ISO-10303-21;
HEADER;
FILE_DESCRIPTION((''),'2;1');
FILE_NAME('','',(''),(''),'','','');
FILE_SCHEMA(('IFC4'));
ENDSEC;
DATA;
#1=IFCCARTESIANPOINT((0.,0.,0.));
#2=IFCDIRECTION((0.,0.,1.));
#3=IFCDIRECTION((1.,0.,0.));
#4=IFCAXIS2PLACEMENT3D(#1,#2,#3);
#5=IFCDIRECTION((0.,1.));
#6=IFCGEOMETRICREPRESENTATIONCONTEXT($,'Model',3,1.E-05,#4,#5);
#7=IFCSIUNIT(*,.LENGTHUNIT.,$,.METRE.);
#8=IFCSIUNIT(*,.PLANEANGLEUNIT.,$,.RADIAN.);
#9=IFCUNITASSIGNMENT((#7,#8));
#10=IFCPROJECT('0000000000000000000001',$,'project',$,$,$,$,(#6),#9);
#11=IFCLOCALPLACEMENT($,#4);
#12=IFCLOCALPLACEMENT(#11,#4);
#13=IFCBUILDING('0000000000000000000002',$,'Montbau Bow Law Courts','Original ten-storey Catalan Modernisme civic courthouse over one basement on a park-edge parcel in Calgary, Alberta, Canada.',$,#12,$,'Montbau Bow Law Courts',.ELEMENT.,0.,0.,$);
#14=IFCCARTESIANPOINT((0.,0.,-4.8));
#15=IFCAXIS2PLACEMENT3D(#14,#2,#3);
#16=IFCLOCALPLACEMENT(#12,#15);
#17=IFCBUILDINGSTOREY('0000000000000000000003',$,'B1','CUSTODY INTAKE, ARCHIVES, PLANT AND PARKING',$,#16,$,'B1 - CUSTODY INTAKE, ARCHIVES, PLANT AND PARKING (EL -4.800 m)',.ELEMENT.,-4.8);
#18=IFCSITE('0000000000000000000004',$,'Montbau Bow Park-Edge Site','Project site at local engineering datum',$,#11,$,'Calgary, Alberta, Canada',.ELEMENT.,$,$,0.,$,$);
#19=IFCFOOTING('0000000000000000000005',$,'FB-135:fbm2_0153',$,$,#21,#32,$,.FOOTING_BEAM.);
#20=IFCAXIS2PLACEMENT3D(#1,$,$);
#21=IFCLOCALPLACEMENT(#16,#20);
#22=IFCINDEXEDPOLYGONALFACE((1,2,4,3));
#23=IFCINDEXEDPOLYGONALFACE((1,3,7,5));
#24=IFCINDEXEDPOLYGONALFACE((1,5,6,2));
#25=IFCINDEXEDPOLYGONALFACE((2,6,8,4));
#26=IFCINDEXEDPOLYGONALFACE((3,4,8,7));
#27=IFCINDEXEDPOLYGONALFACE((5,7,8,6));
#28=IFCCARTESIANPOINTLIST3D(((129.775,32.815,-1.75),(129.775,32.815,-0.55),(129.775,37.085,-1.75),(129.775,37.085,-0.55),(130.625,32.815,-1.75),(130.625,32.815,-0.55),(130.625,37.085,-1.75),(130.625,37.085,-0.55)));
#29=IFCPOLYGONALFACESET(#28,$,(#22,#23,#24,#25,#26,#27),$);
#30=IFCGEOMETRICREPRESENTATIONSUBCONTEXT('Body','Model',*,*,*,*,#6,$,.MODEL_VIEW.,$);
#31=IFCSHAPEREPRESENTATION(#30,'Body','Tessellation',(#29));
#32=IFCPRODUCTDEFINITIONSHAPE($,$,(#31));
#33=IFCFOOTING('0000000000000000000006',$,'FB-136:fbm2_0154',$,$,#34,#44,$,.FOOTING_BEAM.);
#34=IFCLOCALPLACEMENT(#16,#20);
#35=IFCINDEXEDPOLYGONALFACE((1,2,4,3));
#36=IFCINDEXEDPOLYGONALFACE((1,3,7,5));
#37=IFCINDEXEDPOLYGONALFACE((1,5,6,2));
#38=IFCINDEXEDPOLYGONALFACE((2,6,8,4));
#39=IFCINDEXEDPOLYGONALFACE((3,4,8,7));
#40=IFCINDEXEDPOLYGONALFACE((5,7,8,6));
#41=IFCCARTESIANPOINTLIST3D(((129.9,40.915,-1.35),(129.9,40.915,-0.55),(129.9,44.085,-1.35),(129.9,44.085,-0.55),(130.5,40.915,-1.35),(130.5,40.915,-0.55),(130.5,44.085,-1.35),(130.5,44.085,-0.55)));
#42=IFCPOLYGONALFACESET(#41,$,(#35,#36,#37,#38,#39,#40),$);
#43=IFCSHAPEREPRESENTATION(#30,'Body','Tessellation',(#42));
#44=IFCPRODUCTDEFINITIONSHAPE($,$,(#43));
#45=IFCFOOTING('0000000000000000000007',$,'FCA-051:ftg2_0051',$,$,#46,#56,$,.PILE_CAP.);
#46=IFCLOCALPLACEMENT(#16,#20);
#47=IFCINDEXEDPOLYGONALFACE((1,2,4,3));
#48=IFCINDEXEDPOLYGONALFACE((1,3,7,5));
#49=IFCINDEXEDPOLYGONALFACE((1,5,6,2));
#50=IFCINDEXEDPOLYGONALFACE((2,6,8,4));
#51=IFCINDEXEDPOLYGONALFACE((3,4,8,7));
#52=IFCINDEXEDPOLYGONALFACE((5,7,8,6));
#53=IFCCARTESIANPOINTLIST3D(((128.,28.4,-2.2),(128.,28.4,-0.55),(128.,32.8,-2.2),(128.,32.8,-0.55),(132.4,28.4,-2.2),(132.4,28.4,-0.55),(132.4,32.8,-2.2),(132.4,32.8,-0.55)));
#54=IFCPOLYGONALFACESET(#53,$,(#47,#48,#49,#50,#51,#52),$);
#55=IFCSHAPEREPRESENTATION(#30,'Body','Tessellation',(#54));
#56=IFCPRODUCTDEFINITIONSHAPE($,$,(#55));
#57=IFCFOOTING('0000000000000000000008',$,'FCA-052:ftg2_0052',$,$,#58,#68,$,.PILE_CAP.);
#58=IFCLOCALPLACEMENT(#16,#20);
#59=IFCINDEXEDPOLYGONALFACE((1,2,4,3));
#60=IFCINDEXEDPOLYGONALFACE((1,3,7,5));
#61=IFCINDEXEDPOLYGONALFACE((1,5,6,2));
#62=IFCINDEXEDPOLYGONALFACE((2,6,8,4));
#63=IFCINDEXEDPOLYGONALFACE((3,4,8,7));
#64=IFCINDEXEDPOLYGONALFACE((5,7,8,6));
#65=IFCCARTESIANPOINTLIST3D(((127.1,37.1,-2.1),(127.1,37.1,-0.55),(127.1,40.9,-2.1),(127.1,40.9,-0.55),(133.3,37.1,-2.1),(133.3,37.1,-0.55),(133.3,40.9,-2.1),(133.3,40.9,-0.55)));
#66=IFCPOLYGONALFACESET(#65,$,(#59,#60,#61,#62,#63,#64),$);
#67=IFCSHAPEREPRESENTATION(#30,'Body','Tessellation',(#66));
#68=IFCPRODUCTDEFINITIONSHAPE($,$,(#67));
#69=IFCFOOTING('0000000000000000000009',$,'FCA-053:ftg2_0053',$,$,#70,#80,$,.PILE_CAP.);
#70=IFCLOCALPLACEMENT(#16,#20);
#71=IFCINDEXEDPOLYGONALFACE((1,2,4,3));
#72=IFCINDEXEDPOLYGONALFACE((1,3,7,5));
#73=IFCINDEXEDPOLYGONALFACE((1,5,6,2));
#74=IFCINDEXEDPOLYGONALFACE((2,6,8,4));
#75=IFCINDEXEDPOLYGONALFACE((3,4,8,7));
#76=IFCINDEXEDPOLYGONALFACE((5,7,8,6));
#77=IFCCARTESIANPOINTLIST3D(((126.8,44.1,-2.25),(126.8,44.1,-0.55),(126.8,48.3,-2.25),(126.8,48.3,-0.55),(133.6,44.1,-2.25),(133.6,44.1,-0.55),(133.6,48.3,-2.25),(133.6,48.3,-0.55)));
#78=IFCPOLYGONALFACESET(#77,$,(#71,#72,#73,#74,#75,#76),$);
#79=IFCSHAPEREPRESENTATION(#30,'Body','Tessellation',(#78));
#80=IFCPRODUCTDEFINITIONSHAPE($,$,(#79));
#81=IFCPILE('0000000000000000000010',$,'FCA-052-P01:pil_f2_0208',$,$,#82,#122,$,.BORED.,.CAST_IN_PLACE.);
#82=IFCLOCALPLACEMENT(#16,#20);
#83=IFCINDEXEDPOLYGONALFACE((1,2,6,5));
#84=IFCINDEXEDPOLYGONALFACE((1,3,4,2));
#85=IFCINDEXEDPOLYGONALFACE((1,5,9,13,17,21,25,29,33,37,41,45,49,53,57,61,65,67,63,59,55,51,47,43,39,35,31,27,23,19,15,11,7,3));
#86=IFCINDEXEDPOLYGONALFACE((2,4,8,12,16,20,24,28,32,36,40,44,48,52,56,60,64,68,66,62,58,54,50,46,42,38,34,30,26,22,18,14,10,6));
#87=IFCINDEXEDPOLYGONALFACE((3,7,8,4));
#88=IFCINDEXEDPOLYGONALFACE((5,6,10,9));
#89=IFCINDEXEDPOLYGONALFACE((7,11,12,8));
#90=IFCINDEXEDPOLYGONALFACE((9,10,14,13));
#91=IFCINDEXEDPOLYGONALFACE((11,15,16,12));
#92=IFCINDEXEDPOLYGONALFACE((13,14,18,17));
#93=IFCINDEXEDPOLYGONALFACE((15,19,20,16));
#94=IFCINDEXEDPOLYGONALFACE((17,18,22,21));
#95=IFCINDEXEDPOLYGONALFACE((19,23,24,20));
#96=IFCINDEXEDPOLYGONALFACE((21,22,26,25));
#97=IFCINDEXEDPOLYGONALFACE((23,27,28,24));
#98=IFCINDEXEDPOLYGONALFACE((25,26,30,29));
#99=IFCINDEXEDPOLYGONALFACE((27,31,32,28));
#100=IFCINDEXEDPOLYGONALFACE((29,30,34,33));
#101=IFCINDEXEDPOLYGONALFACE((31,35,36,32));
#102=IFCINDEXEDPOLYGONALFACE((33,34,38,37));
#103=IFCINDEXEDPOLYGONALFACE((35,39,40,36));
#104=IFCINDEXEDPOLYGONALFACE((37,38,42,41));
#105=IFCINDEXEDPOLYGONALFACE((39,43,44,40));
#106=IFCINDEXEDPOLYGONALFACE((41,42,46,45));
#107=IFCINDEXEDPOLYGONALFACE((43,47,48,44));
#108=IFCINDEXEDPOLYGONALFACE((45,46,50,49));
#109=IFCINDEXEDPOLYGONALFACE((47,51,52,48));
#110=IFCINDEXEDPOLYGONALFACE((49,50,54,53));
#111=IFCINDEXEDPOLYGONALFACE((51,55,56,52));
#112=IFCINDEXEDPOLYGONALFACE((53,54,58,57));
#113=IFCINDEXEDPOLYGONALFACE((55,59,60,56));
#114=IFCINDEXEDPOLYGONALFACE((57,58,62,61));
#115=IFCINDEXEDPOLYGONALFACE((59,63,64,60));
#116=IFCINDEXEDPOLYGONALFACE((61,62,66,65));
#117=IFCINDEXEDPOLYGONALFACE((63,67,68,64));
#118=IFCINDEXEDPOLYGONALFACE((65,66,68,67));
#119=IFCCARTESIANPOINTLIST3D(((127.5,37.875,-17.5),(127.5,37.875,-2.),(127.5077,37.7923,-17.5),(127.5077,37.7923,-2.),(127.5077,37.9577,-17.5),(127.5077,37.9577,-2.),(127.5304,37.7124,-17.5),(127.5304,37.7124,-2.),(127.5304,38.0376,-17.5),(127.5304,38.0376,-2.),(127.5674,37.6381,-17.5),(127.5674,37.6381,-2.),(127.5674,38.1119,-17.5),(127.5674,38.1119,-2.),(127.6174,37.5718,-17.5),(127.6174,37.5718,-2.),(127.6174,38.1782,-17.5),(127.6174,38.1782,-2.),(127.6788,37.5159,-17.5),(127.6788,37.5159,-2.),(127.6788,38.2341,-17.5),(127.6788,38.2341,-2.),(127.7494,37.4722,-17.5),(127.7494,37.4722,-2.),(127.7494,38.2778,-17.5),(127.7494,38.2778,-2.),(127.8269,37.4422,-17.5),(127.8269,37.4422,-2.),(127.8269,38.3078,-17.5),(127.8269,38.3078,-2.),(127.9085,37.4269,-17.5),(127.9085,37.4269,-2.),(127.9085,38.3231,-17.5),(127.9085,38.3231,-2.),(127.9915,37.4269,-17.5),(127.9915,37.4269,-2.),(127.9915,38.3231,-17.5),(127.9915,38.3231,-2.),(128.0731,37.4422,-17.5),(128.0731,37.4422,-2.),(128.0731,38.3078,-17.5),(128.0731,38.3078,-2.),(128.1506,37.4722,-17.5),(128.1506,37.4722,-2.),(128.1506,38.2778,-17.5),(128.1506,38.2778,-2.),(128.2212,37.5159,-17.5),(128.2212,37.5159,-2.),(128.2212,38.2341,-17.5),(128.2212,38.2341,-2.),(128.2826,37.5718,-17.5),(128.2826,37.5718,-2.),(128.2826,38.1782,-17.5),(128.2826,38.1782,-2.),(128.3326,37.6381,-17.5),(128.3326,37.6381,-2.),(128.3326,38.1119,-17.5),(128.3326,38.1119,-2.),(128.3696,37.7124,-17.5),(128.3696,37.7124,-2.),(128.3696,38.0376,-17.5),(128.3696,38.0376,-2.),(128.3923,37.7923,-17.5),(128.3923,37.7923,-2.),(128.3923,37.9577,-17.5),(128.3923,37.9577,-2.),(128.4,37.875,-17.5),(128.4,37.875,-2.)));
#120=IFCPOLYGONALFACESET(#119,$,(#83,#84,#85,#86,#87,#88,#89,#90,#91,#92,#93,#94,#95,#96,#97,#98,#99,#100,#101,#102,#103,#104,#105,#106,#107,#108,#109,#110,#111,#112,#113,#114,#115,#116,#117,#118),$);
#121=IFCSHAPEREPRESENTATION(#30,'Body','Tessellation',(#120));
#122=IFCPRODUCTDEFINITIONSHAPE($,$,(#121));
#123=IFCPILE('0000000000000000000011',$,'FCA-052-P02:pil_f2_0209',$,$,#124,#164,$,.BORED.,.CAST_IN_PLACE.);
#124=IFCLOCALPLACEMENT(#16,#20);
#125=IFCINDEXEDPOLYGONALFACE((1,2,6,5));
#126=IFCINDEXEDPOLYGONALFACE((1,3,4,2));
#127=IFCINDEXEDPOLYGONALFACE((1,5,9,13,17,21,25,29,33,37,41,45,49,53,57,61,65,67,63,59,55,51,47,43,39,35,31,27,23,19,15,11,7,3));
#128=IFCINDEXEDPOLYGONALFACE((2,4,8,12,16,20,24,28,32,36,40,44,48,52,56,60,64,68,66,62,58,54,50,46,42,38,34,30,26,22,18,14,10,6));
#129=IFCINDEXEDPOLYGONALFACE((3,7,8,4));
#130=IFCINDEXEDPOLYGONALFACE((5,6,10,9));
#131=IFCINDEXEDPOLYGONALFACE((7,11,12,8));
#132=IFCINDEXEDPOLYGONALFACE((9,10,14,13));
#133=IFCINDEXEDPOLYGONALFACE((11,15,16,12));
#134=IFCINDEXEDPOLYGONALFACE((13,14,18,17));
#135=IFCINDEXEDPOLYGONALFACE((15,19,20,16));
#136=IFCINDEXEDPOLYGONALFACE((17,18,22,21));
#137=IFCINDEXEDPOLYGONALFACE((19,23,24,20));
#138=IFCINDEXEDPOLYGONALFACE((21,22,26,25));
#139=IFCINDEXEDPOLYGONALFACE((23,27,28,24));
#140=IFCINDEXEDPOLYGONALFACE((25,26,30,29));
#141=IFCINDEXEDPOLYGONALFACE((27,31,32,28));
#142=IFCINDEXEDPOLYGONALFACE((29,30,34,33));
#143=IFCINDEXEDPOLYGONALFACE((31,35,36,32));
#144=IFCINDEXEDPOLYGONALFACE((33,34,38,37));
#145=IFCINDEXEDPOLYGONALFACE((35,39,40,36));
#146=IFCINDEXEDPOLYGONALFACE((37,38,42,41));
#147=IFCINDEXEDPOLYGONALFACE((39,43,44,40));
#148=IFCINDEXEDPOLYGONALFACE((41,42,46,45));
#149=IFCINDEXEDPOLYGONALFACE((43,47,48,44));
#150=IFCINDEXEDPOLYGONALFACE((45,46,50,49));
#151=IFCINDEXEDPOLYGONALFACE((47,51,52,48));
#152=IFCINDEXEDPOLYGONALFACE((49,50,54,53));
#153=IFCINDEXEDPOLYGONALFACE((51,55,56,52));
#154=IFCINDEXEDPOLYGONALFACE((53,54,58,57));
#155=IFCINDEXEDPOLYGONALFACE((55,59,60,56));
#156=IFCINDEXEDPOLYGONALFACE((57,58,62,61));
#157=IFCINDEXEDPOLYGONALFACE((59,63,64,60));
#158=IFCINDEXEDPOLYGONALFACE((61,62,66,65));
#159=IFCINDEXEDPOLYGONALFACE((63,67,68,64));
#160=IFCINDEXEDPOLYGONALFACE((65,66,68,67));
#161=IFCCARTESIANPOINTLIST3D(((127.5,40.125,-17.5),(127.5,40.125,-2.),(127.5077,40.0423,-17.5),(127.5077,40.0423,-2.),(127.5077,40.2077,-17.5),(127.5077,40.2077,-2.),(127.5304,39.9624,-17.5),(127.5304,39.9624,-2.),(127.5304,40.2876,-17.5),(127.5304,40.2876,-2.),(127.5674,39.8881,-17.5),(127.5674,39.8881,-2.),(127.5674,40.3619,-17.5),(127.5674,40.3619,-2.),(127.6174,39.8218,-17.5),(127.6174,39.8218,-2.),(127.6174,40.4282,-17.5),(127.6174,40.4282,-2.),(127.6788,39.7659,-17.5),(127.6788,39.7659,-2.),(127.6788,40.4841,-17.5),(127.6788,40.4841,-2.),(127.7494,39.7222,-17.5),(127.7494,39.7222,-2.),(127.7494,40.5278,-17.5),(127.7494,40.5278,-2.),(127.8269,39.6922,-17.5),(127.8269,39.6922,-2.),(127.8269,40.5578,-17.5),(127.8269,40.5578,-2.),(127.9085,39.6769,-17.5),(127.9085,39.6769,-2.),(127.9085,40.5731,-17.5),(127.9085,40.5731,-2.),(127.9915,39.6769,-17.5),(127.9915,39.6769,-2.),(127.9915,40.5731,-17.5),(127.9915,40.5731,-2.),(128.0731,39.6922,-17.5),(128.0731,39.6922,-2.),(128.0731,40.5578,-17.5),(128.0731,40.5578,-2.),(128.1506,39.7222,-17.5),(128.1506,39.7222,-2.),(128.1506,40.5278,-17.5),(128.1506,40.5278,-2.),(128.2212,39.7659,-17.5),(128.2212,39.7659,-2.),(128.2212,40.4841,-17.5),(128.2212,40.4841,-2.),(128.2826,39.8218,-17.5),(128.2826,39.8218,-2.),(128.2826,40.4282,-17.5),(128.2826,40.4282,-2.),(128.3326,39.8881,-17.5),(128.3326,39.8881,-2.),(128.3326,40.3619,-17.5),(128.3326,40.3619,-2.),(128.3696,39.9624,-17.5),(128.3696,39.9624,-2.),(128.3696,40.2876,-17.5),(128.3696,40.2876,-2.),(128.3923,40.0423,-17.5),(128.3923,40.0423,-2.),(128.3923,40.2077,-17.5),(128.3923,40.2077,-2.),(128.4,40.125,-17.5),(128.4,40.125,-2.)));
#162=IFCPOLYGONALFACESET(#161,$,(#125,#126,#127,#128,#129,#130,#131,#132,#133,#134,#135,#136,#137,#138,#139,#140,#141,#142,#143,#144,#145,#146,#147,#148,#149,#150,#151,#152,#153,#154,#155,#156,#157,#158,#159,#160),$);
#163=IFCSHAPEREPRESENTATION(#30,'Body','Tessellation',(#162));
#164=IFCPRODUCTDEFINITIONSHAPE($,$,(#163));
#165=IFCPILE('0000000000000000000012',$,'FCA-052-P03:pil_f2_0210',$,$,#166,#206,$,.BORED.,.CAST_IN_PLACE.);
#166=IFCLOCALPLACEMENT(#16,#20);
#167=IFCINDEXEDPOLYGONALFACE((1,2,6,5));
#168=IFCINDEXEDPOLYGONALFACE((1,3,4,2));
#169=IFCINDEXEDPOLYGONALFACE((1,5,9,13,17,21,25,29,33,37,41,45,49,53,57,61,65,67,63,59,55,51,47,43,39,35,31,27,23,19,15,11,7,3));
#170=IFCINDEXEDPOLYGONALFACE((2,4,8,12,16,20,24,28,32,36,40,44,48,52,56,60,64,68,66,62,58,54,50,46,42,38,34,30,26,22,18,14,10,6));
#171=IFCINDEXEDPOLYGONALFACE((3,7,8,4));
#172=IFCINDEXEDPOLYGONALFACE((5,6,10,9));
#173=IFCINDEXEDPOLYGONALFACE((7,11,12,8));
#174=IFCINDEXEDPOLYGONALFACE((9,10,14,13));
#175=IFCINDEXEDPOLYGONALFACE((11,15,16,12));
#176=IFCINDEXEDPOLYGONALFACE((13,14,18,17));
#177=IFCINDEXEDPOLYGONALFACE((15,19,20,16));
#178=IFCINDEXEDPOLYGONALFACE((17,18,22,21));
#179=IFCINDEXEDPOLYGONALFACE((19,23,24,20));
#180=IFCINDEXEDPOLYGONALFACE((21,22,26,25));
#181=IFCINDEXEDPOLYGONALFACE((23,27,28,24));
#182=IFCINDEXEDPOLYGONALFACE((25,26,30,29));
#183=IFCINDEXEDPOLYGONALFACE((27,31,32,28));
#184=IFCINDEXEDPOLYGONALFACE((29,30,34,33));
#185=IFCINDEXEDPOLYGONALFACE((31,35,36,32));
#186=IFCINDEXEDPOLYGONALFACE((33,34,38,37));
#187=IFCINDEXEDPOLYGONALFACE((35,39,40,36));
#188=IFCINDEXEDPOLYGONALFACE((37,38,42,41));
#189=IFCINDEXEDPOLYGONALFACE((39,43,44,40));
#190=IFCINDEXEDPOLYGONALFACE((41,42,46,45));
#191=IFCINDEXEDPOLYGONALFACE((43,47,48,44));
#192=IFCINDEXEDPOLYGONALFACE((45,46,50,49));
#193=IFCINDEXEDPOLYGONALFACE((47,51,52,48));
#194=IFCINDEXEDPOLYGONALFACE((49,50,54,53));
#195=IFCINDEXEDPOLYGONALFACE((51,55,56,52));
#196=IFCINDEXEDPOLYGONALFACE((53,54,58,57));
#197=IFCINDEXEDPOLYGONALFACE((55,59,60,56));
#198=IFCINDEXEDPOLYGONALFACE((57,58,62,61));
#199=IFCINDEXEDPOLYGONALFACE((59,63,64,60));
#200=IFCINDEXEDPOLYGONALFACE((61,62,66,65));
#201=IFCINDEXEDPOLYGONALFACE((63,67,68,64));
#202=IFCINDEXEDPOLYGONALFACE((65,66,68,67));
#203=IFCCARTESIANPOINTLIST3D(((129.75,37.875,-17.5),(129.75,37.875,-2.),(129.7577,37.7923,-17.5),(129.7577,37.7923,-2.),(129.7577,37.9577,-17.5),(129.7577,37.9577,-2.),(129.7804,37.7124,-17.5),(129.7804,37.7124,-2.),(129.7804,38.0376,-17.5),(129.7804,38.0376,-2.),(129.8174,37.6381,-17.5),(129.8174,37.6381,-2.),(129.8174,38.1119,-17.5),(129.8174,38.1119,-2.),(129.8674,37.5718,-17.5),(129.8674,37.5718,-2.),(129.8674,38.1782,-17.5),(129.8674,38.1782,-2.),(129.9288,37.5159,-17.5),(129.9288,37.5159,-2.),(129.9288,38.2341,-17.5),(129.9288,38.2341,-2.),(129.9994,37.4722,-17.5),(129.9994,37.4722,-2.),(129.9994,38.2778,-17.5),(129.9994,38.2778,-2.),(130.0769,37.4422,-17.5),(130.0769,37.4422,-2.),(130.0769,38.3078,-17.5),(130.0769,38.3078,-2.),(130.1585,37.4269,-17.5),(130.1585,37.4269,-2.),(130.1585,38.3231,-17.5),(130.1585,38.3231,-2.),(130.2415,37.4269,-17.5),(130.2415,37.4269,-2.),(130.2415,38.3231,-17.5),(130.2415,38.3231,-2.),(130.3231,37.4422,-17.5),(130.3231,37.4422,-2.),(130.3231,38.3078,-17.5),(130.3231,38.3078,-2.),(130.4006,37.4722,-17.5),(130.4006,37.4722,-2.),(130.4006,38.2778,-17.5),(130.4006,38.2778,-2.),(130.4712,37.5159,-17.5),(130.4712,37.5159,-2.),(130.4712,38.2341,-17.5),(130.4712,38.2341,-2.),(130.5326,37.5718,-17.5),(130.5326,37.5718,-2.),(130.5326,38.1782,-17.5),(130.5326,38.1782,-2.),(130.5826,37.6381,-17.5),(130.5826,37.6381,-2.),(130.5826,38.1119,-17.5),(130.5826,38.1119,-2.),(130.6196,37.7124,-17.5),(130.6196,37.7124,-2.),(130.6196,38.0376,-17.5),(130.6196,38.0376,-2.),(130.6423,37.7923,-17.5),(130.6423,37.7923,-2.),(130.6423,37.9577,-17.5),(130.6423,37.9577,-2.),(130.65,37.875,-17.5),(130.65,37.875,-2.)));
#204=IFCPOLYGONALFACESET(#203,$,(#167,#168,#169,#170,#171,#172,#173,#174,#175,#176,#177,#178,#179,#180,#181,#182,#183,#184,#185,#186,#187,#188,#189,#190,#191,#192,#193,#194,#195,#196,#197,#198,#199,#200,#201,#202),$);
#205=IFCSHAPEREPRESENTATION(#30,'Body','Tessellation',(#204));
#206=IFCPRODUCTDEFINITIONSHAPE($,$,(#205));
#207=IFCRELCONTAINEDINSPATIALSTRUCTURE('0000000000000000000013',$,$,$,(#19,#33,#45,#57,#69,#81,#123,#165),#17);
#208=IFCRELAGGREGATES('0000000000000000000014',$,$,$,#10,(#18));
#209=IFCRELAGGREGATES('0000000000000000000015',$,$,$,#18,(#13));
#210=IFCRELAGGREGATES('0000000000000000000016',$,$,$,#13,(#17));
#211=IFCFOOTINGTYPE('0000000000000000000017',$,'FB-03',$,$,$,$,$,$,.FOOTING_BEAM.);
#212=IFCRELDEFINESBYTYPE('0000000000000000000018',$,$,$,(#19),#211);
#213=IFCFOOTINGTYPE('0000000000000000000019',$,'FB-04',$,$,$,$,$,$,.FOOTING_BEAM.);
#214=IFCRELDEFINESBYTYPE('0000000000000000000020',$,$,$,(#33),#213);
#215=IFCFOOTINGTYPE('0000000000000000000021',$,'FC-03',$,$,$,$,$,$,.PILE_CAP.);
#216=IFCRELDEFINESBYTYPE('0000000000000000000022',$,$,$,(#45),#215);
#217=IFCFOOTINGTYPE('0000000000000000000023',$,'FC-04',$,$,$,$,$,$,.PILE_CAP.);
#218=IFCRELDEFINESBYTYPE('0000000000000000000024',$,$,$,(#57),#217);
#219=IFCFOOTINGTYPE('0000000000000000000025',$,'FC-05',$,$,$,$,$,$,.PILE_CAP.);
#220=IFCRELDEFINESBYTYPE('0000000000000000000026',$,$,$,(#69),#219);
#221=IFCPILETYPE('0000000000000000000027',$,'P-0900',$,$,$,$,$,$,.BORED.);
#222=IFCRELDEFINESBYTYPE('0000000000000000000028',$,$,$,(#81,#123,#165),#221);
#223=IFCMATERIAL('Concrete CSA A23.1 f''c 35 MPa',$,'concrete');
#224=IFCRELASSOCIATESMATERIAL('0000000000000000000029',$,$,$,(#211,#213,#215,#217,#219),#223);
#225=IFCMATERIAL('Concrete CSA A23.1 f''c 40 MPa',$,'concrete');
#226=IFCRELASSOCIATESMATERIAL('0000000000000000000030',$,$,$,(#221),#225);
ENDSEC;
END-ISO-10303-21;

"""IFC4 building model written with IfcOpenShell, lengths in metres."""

from ifc_helpers import new_model, si_unit, direction, frame, origin_with_axes, origin_2d_with_axis, place, context, subcontext, project, spatial, rectangle, circle, extrude, material, material_profile, profile_set, type_object, element, save


model = new_model("IFC4")

# Units and contexts
model_context = context("Model", 3, precision=1e-05, world=origin_with_axes(), true_north=direction((0.0, 1.0)))
body_context = subcontext(model_context, "Body", "Model", "MODEL_VIEW")
ifc_project = project(units=[si_unit("LENGTHUNIT", "METRE"), si_unit("PLANEANGLEUNIT", "RADIAN")], contexts=[model_context])

# Site, building, storey
site_placement = place(None, origin_with_axes())
site = spatial("IfcSite", under=ifc_project, at=site_placement, Name="Montbau Bow Park-Edge Site", Description="Project site at local engineering datum", LongName="Calgary, Alberta, Canada", CompositionType="ELEMENT", RefElevation=0.0)
building_placement = place(site_placement, origin_with_axes())
building = spatial("IfcBuilding", under=site, at=building_placement, Name="Montbau Bow Law Courts", Description="Original ten-storey Catalan Modernisme civic courthouse over one basement on a park-edge parcel in Calgary, Alberta, Canada.", LongName="Montbau Bow Law Courts", CompositionType="ELEMENT", ElevationOfRefHeight=0.0, ElevationOfTerrain=0.0)
storey_placement = place(building_placement, frame((0.0, 0.0, -4.8), z_axis=(0.0, 0.0, 1.0), x_axis=(1.0, 0.0, 0.0)))
storey = spatial("IfcBuildingStorey", under=building, at=storey_placement, Name="B1", Description="CUSTODY INTAKE, ARCHIVES, PLANT AND PARKING", LongName="B1 - CUSTODY INTAKE, ARCHIVES, PLANT AND PARKING (EL -4.800 m)", CompositionType="ELEMENT", Elevation=-4.8)

# Footings
ifc_material_1 = material(Name="Concrete CSA A23.1 f'c 35 MPa", Category="concrete")
footing_type_1 = type_object("IfcFootingType", Name="FB-03", PredefinedType="FOOTING_BEAM", material=ifc_material_1)
footing_1_placement = place(None, frame((130.2, 34.95, -6.55), z_axis=(0.0, 0.0, 1.0), x_axis=(0.0, 1.0, 0.0)))
element("IfcFooting", 1, at=footing_1_placement, inside=storey, type_object=footing_type_1, Name="FB-135:fbm2_0153", PredefinedType="FOOTING_BEAM", context=body_context, shape_type="SweptSolid", body=[
    extrude(rectangle(XDim=4.27, YDim=0.85, at=origin_2d_with_axis()), origin_with_axes(), (0.0, 0.0, 1.0), 1.2),
])
footing_type_2 = type_object("IfcFootingType", Name="FB-04", PredefinedType="FOOTING_BEAM", material=ifc_material_1)
footing_2_placement = place(None, frame((130.2, 42.5, -6.15), z_axis=(0.0, 0.0, 1.0), x_axis=(0.0, 1.0, 0.0)))
element("IfcFooting", 2, at=footing_2_placement, inside=storey, type_object=footing_type_2, Name="FB-136:fbm2_0154", PredefinedType="FOOTING_BEAM", context=body_context, shape_type="SweptSolid", body=[
    extrude(rectangle(XDim=3.17, YDim=0.6, at=origin_2d_with_axis()), origin_with_axes(), (0.0, 0.0, 1.0), 0.8),
])
footing_type_3 = type_object("IfcFootingType", Name="FC-03", PredefinedType="PILE_CAP", material=ifc_material_1)
footing_3_placement = place(None, frame((130.2, 30.6, -7.0), z_axis=(0.0, 0.0, 1.0), x_axis=(1.0, 0.0, 0.0)))
element("IfcFooting", 3, at=footing_3_placement, inside=storey, type_object=footing_type_3, Name="FCA-051:ftg2_0051", PredefinedType="PILE_CAP", context=body_context, shape_type="SweptSolid", body=[
    extrude(rectangle(XDim=4.4, YDim=4.4, at=origin_2d_with_axis()), origin_with_axes(), (0.0, 0.0, 1.0), 1.65),
])
footing_type_4 = type_object("IfcFootingType", Name="FC-04", PredefinedType="PILE_CAP", material=ifc_material_1)
footing_4_placement = place(None, frame((130.2, 39.0, -6.9), z_axis=(0.0, 0.0, 1.0), x_axis=(1.0, 0.0, 0.0)))
element("IfcFooting", 4, at=footing_4_placement, inside=storey, type_object=footing_type_4, Name="FCA-052:ftg2_0052", PredefinedType="PILE_CAP", context=body_context, shape_type="SweptSolid", body=[
    extrude(rectangle(XDim=6.2, YDim=3.8, at=origin_2d_with_axis()), origin_with_axes(), (0.0, 0.0, 1.0), 1.55),
])
footing_type_5 = type_object("IfcFootingType", Name="FC-05", PredefinedType="PILE_CAP", material=ifc_material_1)
footing_5_placement = place(None, frame((130.2, 46.2, -7.05), z_axis=(0.0, 0.0, 1.0), x_axis=(1.0, 0.0, 0.0)))
element("IfcFooting", 5, at=footing_5_placement, inside=storey, type_object=footing_type_5, Name="FCA-053:ftg2_0053", PredefinedType="PILE_CAP", context=body_context, shape_type="SweptSolid", body=[
    extrude(rectangle(XDim=6.8, YDim=4.2, at=origin_2d_with_axis()), origin_with_axes(), (0.0, 0.0, 1.0), 1.7),
])

# Piles
ifc_material_2 = material(Name="Concrete CSA A23.1 f'c 40 MPa", Category="concrete")
ifc_material_profile_1 = material_profile(ifc_material_2, circle(Radius=0.45, at=origin_2d_with_axis()), Name="BP900", Category="Main", Priority=0)
ifc_profile_set_1 = profile_set([ifc_material_profile_1], Name="Concrete CSA A23.1 f'c 40 MPa")
pile_type_1 = type_object("IfcPileType", Name="P-0900", PredefinedType="BORED", material=ifc_profile_set_1)
for number, where, z_axis, x_axis, name in (
    (6, (127.95, 37.875, -22.3), (0.0, 0.0, 1.0), (1.0, 0.0, 0.0), "FCA-052-P01:pil_f2_0208"),
    (7, (127.95, 40.125, -22.3), (0.0, 0.0, 1.0), (1.0, 0.0, 0.0), "FCA-052-P02:pil_f2_0209"),
    (8, (130.2, 37.875, -22.3), (0.0, 0.0, 1.0), (1.0, 0.0, 0.0), "FCA-052-P03:pil_f2_0210"),
):
    element("IfcPile", number, at=place(None, frame(where, z_axis=z_axis, x_axis=x_axis)), inside=storey, type_object=pile_type_1, Name=name, ConstructionType="CAST_IN_PLACE", PredefinedType="BORED", context=body_context, shape_type="SweptSolid", body=[
        extrude(circle(Radius=0.45, at=origin_2d_with_axis()), origin_with_axes(), (0.0, 0.0, 1.0), 15.5),
    ])

save(model, "model.ifc")
